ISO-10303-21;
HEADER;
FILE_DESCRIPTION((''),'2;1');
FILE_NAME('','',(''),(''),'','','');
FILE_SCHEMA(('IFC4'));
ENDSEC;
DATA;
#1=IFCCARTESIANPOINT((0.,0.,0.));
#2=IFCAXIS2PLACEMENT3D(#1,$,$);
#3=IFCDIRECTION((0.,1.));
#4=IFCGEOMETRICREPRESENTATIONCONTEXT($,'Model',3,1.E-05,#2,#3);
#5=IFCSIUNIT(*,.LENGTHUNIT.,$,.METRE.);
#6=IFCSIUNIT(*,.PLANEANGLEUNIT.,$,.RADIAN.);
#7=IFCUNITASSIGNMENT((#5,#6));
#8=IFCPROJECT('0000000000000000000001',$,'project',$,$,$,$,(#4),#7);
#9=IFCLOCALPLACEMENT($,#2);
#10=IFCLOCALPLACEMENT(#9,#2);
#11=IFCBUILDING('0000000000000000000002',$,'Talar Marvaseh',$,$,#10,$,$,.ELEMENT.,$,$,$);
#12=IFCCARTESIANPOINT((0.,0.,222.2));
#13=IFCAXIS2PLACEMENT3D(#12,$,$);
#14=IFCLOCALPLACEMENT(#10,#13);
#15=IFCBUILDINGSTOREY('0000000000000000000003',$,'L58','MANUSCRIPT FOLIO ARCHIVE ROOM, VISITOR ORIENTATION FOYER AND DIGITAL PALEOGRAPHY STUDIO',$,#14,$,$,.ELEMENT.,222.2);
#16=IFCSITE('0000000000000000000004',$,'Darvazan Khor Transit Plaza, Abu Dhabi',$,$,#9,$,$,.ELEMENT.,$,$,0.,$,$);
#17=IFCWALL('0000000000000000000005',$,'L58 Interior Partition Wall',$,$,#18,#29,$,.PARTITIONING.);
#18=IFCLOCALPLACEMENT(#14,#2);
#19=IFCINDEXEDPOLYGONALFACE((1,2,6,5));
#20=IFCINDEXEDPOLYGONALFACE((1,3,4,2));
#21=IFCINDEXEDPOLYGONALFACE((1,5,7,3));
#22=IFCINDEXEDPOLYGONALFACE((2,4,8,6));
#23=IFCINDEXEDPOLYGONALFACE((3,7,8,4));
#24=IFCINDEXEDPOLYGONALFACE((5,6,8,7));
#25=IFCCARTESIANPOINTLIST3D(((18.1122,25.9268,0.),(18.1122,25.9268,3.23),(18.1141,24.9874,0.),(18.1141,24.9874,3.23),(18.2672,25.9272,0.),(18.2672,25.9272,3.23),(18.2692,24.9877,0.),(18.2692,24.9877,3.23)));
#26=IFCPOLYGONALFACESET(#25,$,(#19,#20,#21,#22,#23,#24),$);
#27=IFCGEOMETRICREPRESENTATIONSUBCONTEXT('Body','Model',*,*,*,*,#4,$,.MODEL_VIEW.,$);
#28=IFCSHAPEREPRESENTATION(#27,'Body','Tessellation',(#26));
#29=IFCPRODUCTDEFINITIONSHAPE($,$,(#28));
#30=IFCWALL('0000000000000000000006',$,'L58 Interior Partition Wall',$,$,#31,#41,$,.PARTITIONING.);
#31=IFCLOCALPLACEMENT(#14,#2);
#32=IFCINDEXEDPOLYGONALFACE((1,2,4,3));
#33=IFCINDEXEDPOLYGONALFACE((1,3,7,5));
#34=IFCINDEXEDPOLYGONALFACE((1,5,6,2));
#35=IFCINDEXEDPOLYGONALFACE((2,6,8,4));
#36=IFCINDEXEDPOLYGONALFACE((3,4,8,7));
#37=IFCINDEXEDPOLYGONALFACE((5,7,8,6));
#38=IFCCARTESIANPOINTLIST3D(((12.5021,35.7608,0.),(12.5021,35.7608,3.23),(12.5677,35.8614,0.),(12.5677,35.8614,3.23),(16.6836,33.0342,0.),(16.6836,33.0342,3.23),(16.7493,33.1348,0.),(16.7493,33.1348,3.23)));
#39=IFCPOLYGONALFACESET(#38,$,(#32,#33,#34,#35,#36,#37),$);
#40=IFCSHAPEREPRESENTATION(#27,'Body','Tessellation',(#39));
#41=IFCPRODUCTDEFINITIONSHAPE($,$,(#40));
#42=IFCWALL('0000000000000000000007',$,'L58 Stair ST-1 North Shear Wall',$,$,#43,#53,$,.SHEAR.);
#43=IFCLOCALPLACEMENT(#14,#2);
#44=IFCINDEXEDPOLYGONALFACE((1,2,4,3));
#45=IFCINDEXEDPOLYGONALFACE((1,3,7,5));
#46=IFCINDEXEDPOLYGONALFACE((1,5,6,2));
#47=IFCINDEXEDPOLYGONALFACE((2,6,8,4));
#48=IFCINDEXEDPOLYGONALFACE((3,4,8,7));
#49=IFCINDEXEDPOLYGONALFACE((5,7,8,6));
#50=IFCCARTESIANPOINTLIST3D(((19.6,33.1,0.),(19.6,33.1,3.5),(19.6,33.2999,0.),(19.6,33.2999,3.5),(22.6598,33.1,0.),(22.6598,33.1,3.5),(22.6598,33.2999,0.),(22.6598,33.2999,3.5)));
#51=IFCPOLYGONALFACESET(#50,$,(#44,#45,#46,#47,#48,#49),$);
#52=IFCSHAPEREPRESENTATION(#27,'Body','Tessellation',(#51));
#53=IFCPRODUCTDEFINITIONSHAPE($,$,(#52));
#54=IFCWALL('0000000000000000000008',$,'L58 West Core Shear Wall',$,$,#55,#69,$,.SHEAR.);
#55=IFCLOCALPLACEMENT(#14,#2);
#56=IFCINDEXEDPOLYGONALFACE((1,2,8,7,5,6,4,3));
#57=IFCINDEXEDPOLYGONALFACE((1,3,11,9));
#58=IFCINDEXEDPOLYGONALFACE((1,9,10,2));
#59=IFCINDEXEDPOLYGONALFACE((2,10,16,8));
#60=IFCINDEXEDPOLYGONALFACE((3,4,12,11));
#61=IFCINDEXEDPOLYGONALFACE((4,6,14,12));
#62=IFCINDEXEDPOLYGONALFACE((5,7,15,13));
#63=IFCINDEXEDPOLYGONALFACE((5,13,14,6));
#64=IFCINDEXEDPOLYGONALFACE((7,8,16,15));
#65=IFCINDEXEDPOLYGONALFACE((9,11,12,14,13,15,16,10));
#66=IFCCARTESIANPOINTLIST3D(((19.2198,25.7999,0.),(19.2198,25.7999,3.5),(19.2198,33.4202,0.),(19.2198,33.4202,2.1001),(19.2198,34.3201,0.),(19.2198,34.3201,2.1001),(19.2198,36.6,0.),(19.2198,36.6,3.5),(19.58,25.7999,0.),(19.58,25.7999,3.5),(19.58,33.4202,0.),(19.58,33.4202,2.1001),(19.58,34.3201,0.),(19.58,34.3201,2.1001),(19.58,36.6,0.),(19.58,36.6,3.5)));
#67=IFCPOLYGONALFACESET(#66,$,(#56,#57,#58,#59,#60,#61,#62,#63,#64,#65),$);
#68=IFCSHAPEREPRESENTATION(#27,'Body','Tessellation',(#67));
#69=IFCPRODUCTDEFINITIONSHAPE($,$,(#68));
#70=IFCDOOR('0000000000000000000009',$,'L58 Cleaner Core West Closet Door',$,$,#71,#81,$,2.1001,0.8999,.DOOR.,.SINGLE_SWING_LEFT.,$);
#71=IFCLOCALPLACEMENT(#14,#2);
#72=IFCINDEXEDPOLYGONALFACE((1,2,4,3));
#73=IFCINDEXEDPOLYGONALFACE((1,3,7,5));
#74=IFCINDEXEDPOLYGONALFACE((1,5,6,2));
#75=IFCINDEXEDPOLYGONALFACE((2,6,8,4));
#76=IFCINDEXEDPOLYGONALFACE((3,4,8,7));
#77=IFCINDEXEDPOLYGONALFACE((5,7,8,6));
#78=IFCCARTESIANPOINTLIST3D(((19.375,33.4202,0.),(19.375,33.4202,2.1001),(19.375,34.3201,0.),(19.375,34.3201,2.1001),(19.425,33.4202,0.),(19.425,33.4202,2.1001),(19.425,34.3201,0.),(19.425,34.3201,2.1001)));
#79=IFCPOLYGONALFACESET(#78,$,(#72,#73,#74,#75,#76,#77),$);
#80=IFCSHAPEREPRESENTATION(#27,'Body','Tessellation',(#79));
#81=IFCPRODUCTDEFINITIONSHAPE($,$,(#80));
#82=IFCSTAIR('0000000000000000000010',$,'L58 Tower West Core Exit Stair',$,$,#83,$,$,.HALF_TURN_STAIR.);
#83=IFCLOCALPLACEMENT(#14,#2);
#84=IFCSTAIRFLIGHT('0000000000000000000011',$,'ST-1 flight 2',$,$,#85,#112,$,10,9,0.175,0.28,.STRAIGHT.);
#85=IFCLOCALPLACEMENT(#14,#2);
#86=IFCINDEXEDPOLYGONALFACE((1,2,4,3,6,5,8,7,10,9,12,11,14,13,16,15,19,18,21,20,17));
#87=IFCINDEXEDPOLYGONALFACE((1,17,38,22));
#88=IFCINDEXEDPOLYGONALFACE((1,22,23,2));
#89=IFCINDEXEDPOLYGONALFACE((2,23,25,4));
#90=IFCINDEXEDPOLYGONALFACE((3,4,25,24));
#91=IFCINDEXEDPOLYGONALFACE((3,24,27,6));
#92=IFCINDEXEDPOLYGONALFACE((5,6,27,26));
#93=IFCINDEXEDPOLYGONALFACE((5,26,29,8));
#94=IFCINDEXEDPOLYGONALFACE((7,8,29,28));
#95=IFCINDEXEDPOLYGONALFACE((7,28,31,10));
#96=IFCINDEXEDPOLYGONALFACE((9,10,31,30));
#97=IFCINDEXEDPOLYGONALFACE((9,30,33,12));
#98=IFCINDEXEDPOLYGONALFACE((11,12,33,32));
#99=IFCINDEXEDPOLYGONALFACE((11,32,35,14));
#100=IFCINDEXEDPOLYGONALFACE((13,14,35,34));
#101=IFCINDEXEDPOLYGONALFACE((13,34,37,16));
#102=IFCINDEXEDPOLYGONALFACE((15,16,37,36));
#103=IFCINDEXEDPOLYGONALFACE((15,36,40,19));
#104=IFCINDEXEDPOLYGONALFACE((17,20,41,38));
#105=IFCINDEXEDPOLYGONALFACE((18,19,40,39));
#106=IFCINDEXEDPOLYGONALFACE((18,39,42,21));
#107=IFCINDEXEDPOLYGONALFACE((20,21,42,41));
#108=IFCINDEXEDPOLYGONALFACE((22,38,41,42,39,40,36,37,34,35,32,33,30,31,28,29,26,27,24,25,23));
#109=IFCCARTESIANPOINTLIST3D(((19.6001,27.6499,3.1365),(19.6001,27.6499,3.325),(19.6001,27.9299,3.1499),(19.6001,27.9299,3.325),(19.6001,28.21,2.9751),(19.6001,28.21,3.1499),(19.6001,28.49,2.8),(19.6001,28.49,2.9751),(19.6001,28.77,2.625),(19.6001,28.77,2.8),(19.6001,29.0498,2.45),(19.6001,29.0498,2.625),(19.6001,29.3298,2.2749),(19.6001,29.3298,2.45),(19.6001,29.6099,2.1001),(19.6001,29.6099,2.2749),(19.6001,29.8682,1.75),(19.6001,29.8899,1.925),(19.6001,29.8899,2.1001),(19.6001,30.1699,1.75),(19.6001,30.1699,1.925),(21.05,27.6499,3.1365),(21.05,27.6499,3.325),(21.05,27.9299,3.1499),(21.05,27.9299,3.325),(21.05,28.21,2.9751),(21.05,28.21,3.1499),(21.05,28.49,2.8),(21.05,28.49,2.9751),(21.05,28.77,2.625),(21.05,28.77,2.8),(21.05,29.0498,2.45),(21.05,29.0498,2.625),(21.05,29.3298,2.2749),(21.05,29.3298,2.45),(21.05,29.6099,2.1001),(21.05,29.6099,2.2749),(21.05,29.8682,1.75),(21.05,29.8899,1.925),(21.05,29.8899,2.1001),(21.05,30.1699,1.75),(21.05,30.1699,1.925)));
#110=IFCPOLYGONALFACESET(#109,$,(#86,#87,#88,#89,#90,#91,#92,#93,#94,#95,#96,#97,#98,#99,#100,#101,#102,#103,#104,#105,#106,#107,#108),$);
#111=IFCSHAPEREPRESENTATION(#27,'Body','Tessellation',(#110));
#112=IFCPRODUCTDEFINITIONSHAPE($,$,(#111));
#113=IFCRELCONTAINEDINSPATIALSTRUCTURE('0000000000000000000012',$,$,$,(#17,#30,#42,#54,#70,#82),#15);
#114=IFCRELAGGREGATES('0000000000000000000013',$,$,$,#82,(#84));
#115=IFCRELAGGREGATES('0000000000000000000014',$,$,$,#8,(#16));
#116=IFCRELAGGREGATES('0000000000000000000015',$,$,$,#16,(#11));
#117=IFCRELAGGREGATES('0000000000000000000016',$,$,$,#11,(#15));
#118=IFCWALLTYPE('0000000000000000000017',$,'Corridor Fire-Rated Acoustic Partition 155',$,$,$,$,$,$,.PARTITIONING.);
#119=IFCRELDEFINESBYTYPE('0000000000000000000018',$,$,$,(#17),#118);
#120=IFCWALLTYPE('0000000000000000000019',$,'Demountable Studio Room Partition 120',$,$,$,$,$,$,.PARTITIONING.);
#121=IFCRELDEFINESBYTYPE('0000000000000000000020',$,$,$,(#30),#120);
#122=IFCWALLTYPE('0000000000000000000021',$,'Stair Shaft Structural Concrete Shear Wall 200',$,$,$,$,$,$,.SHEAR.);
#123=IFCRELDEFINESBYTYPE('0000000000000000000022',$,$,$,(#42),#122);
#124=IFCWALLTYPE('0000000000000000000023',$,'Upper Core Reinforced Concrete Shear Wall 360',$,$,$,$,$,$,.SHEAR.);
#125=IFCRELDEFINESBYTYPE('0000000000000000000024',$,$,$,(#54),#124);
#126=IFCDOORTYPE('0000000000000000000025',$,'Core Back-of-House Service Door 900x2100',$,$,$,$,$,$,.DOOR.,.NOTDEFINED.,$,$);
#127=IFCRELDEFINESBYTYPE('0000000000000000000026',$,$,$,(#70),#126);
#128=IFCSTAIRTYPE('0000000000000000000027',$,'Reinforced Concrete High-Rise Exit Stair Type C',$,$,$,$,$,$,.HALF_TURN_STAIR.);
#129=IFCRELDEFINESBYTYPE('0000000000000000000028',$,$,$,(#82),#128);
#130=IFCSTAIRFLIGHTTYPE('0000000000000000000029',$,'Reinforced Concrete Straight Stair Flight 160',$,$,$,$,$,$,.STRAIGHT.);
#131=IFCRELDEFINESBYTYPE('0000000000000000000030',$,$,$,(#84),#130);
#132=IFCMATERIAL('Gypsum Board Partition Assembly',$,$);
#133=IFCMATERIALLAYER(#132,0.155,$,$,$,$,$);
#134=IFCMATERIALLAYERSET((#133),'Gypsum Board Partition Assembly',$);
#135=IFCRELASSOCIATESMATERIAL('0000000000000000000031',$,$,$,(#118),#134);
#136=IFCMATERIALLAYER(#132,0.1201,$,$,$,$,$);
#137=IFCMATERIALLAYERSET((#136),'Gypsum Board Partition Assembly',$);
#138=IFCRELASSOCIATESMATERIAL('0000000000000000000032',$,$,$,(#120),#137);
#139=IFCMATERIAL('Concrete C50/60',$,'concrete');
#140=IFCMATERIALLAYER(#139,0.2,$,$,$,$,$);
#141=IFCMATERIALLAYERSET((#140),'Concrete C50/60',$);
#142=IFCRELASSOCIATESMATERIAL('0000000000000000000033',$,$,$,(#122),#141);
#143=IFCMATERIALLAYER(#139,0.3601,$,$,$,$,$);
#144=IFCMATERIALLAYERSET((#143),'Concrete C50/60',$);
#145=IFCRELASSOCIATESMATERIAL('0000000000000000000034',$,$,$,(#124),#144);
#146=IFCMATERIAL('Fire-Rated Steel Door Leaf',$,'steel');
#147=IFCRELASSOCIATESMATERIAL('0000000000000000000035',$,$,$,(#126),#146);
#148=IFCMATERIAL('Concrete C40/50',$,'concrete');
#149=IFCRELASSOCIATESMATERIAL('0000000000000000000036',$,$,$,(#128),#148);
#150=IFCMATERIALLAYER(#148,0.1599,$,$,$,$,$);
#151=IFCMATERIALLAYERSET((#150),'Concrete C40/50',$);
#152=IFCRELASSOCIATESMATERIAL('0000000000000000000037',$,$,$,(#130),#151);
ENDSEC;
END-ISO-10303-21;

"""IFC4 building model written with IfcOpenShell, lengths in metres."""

from ifc_helpers import new_model, si_unit, direction, frame, frame_2d, origin, place, context, subcontext, project, spatial, polyline, rectangle, outline, extrude, source, transform, mapped, material, layer, layer_set, type_object, type_shapes, element, fill, aggregate, save


model = new_model("IFC4")

# Units and contexts
model_context = context("Model", 3, precision=1e-05, world=origin(), true_north=direction((0.0, 1.0)))
body_context = subcontext(model_context, "Body", "Model", "MODEL_VIEW")
ifc_project = project(units=[si_unit("LENGTHUNIT", "METRE"), si_unit("PLANEANGLEUNIT", "RADIAN")], contexts=[model_context])

# Site, building, storey
site_placement = place(None, origin())
site = spatial("IfcSite", under=ifc_project, at=site_placement, Name="Darvazan Khor Transit Plaza, Abu Dhabi", CompositionType="ELEMENT", RefElevation=0.0)
building_placement = place(site_placement, origin())
building = spatial("IfcBuilding", under=site, at=building_placement, Name="Talar Marvaseh", CompositionType="ELEMENT")
storey_placement = place(building_placement, frame((0.0, 0.0, 222.2)))
storey = spatial("IfcBuildingStorey", under=building, at=storey_placement, Name="L58", Description="MANUSCRIPT FOLIO ARCHIVE ROOM, VISITOR ORIENTATION FOYER AND DIGITAL PALEOGRAPHY STUDIO", CompositionType="ELEMENT", Elevation=222.2)

# Walls
ifc_material_1 = material(Name="Gypsum Board Partition Assembly")
ifc_layer_1 = layer(ifc_material_1, 0.155)
ifc_layer_set_1 = layer_set([ifc_layer_1], Name="Gypsum Board Partition Assembly")
wall_type_1 = type_object("IfcWallType", Name="Corridor Fire-Rated Acoustic Partition 155", PredefinedType="PARTITIONING", material=ifc_layer_set_1)
wall_1_placement = place(storey_placement, frame((18.1897, 25.927, 0.0), z_axis=(0.0, 0.0, 1.0), x_axis=(0.002079, -0.999998, 0.0)))
element("IfcWall", 1, at=wall_1_placement, inside=storey, type_object=wall_type_1, Name="L58 Interior Partition Wall", PredefinedType="PARTITIONING", context=body_context, shape_type="SweptSolid", body=[
    extrude(rectangle(XDim=0.9395, YDim=0.155, at=frame_2d((0.4697, 0.0))), origin(), (0.0, 0.0, 1.0), 3.23),
])
ifc_layer_2 = layer(ifc_material_1, 0.1201)
ifc_layer_set_2 = layer_set([ifc_layer_2], Name="Gypsum Board Partition Assembly")
wall_type_2 = type_object("IfcWallType", Name="Demountable Studio Room Partition 120", PredefinedType="PARTITIONING", material=ifc_layer_set_2)
wall_2_placement = place(storey_placement, frame((16.7166, 33.0845, 0.0), z_axis=(0.0, 0.0, 1.0), x_axis=(-0.837665, 0.546184, 0.0)))
element("IfcWall", 2, at=wall_2_placement, inside=storey, type_object=wall_type_2, Name="L58 Interior Partition Wall", PredefinedType="PARTITIONING", context=body_context, shape_type="SweptSolid", body=[
    extrude(rectangle(XDim=4.9919, YDim=0.1201, at=frame_2d((2.4961, 0.0))), origin(), (0.0, 0.0, 1.0), 3.23),
])
ifc_material_2 = material(Name="Concrete C50/60", Category="concrete")
ifc_layer_3 = layer(ifc_material_2, 0.2)
ifc_layer_set_3 = layer_set([ifc_layer_3], Name="Concrete C50/60")
wall_type_3 = type_object("IfcWallType", Name="Stair Shaft Structural Concrete Shear Wall 200", PredefinedType="SHEAR", material=ifc_layer_set_3)
wall_3_placement = place(storey_placement, frame((19.6001, 33.2, 0.0), z_axis=(0.0, 0.0, 1.0), x_axis=(1.0, 0.0, 0.0)))
element("IfcWall", 3, at=wall_3_placement, inside=storey, type_object=wall_type_3, Name="L58 Stair ST-1 North Shear Wall", PredefinedType="SHEAR", context=body_context, shape_type="SweptSolid", body=[
    extrude(rectangle(XDim=3.0598, YDim=0.2, at=frame_2d((1.5298, 0.0))), origin(), (0.0, 0.0, 1.0), 3.5),
])

# Wall, opening, door
ifc_layer_4 = layer(ifc_material_2, 0.3601)
ifc_layer_set_4 = layer_set([ifc_layer_4], Name="Concrete C50/60")
wall_type_4 = type_object("IfcWallType", Name="Upper Core Reinforced Concrete Shear Wall 360", PredefinedType="SHEAR", material=ifc_layer_set_4)
wall_4_placement = place(storey_placement, frame((19.3999, 25.8, 0.0), z_axis=(0.0, 0.0, 1.0), x_axis=(0.0, 1.0, 0.0)))
wall_4 = element("IfcWall", 4, at=wall_4_placement, inside=storey, type_object=wall_type_4, Name="L58 West Core Shear Wall", PredefinedType="SHEAR", context=body_context, shape_type="SweptSolid", body=[
    extrude(rectangle(XDim=10.8, YDim=0.3601, at=frame_2d((5.3999, 0.0))), origin(), (0.0, 0.0, 1.0), 3.5),
])
opening_placement = place(wall_4_placement, frame((7.6201, 0.0, 0.0)))
opening = element("IfcOpeningElement", 5, at=opening_placement, cuts=wall_4, PredefinedType="OPENING", context=body_context, shape_type="SweptSolid", body=[
    extrude(rectangle(XDim=0.8999, YDim=2.1001, at=frame_2d((0.45, 1.05))), frame((0.0, 0.1899, 0.0), z_axis=(0.0, -1.0, 0.0), x_axis=(1.0, 0.0, 0.0)), (0.0, 0.0, 1.0), 0.3801),
])
ifc_material_3 = material(Name="Fire-Rated Steel Door Leaf", Category="steel")
door_type = type_object("IfcDoorType", Name="Core Back-of-House Service Door 900x2100", OperationType="NOTDEFINED", PredefinedType="DOOR", material=ifc_material_3)
shared_shape_1 = source(origin(), body_context, "Body", "SweptSolid", [
    extrude(rectangle(XDim=0.8999, YDim=2.1001, at=frame_2d((0.45, 1.05))), frame((0.0, 0.0249, 0.0), z_axis=(0.0, -1.0, 0.0), x_axis=(1.0, 0.0, 0.0)), (0.0, 0.0, 1.0), 0.05),
])
type_shapes(door_type, [shared_shape_1])
door_placement = place(opening_placement, origin())
door = element("IfcDoor", 6, at=door_placement, inside=storey, type_object=door_type, Name="L58 Cleaner Core West Closet Door", OperationType="SINGLE_SWING_LEFT", OverallHeight=2.1001, OverallWidth=0.8999, PredefinedType="DOOR", context=body_context, shape_type="MappedRepresentation", body=[
    mapped(shared_shape_1, transform((0.0, 0.0, 0.0), x_axis=(1.0, 0.0, 0.0), y_axis=(0.0, 1.0, 0.0), z_axis=(0.0, 0.0, 1.0), scale=1.0)),
])
fill(opening, door)

# Stair, stair flight
ifc_material_4 = material(Name="Concrete C40/50", Category="concrete")
stair_type = type_object("IfcStairType", Name="Reinforced Concrete High-Rise Exit Stair Type C", PredefinedType="HALF_TURN_STAIR", material=ifc_material_4)
stair_placement = place(storey_placement, origin())
stair = element("IfcStair", 7, at=stair_placement, inside=storey, type_object=stair_type, Name="L58 Tower West Core Exit Stair", PredefinedType="HALF_TURN_STAIR")
ifc_layer_5 = layer(ifc_material_4, 0.1599)
ifc_layer_set_5 = layer_set([ifc_layer_5], Name="Concrete C40/50")
stair_flight_type = type_object("IfcStairFlightType", Name="Reinforced Concrete Straight Stair Flight 160", PredefinedType="STRAIGHT", material=ifc_layer_set_5)
stair_flight_placement = place(storey_placement, frame((20.325, 30.1699, 1.75), z_axis=(0.0, 0.0, 1.0), x_axis=(0.0, -1.0, 0.0)))
stair_flight = element("IfcStairFlight", 8, at=stair_flight_placement, type_object=stair_flight_type, Name="ST-1 flight 2", NumberOfRisers=10, NumberOfTreads=9, PredefinedType="STRAIGHT", RiserHeight=0.175, TreadLength=0.28, context=body_context, shape_type="SweptSolid", body=[
    extrude(outline(polyline([(0.0, 0.0), (0.0, 0.175), (0.28, 0.175), (0.28, 0.3501), (0.5601, 0.3501), (0.5601, 0.5249), (0.8401, 0.5249), (0.8401, 0.7), (1.1201, 0.7), (1.1201, 0.875), (1.3999, 0.875), (1.3999, 1.05), (1.6799, 1.05), (1.6799, 1.2251), (1.96, 1.2251), (1.96, 1.3999), (2.24, 1.3999), (2.24, 1.575), (2.52, 1.575), (2.52, 1.75), (2.52, 1.3865), (0.3018, 0.0), (0.0, 0.0)])), frame((0.0, 0.7251, 0.0), z_axis=(0.0, -1.0, 0.0), x_axis=(1.0, 0.0, 0.0)), (0.0, 0.0, 1.0), 1.45),
])
aggregate(stair, [stair_flight])

save(model, "model.ifc")
